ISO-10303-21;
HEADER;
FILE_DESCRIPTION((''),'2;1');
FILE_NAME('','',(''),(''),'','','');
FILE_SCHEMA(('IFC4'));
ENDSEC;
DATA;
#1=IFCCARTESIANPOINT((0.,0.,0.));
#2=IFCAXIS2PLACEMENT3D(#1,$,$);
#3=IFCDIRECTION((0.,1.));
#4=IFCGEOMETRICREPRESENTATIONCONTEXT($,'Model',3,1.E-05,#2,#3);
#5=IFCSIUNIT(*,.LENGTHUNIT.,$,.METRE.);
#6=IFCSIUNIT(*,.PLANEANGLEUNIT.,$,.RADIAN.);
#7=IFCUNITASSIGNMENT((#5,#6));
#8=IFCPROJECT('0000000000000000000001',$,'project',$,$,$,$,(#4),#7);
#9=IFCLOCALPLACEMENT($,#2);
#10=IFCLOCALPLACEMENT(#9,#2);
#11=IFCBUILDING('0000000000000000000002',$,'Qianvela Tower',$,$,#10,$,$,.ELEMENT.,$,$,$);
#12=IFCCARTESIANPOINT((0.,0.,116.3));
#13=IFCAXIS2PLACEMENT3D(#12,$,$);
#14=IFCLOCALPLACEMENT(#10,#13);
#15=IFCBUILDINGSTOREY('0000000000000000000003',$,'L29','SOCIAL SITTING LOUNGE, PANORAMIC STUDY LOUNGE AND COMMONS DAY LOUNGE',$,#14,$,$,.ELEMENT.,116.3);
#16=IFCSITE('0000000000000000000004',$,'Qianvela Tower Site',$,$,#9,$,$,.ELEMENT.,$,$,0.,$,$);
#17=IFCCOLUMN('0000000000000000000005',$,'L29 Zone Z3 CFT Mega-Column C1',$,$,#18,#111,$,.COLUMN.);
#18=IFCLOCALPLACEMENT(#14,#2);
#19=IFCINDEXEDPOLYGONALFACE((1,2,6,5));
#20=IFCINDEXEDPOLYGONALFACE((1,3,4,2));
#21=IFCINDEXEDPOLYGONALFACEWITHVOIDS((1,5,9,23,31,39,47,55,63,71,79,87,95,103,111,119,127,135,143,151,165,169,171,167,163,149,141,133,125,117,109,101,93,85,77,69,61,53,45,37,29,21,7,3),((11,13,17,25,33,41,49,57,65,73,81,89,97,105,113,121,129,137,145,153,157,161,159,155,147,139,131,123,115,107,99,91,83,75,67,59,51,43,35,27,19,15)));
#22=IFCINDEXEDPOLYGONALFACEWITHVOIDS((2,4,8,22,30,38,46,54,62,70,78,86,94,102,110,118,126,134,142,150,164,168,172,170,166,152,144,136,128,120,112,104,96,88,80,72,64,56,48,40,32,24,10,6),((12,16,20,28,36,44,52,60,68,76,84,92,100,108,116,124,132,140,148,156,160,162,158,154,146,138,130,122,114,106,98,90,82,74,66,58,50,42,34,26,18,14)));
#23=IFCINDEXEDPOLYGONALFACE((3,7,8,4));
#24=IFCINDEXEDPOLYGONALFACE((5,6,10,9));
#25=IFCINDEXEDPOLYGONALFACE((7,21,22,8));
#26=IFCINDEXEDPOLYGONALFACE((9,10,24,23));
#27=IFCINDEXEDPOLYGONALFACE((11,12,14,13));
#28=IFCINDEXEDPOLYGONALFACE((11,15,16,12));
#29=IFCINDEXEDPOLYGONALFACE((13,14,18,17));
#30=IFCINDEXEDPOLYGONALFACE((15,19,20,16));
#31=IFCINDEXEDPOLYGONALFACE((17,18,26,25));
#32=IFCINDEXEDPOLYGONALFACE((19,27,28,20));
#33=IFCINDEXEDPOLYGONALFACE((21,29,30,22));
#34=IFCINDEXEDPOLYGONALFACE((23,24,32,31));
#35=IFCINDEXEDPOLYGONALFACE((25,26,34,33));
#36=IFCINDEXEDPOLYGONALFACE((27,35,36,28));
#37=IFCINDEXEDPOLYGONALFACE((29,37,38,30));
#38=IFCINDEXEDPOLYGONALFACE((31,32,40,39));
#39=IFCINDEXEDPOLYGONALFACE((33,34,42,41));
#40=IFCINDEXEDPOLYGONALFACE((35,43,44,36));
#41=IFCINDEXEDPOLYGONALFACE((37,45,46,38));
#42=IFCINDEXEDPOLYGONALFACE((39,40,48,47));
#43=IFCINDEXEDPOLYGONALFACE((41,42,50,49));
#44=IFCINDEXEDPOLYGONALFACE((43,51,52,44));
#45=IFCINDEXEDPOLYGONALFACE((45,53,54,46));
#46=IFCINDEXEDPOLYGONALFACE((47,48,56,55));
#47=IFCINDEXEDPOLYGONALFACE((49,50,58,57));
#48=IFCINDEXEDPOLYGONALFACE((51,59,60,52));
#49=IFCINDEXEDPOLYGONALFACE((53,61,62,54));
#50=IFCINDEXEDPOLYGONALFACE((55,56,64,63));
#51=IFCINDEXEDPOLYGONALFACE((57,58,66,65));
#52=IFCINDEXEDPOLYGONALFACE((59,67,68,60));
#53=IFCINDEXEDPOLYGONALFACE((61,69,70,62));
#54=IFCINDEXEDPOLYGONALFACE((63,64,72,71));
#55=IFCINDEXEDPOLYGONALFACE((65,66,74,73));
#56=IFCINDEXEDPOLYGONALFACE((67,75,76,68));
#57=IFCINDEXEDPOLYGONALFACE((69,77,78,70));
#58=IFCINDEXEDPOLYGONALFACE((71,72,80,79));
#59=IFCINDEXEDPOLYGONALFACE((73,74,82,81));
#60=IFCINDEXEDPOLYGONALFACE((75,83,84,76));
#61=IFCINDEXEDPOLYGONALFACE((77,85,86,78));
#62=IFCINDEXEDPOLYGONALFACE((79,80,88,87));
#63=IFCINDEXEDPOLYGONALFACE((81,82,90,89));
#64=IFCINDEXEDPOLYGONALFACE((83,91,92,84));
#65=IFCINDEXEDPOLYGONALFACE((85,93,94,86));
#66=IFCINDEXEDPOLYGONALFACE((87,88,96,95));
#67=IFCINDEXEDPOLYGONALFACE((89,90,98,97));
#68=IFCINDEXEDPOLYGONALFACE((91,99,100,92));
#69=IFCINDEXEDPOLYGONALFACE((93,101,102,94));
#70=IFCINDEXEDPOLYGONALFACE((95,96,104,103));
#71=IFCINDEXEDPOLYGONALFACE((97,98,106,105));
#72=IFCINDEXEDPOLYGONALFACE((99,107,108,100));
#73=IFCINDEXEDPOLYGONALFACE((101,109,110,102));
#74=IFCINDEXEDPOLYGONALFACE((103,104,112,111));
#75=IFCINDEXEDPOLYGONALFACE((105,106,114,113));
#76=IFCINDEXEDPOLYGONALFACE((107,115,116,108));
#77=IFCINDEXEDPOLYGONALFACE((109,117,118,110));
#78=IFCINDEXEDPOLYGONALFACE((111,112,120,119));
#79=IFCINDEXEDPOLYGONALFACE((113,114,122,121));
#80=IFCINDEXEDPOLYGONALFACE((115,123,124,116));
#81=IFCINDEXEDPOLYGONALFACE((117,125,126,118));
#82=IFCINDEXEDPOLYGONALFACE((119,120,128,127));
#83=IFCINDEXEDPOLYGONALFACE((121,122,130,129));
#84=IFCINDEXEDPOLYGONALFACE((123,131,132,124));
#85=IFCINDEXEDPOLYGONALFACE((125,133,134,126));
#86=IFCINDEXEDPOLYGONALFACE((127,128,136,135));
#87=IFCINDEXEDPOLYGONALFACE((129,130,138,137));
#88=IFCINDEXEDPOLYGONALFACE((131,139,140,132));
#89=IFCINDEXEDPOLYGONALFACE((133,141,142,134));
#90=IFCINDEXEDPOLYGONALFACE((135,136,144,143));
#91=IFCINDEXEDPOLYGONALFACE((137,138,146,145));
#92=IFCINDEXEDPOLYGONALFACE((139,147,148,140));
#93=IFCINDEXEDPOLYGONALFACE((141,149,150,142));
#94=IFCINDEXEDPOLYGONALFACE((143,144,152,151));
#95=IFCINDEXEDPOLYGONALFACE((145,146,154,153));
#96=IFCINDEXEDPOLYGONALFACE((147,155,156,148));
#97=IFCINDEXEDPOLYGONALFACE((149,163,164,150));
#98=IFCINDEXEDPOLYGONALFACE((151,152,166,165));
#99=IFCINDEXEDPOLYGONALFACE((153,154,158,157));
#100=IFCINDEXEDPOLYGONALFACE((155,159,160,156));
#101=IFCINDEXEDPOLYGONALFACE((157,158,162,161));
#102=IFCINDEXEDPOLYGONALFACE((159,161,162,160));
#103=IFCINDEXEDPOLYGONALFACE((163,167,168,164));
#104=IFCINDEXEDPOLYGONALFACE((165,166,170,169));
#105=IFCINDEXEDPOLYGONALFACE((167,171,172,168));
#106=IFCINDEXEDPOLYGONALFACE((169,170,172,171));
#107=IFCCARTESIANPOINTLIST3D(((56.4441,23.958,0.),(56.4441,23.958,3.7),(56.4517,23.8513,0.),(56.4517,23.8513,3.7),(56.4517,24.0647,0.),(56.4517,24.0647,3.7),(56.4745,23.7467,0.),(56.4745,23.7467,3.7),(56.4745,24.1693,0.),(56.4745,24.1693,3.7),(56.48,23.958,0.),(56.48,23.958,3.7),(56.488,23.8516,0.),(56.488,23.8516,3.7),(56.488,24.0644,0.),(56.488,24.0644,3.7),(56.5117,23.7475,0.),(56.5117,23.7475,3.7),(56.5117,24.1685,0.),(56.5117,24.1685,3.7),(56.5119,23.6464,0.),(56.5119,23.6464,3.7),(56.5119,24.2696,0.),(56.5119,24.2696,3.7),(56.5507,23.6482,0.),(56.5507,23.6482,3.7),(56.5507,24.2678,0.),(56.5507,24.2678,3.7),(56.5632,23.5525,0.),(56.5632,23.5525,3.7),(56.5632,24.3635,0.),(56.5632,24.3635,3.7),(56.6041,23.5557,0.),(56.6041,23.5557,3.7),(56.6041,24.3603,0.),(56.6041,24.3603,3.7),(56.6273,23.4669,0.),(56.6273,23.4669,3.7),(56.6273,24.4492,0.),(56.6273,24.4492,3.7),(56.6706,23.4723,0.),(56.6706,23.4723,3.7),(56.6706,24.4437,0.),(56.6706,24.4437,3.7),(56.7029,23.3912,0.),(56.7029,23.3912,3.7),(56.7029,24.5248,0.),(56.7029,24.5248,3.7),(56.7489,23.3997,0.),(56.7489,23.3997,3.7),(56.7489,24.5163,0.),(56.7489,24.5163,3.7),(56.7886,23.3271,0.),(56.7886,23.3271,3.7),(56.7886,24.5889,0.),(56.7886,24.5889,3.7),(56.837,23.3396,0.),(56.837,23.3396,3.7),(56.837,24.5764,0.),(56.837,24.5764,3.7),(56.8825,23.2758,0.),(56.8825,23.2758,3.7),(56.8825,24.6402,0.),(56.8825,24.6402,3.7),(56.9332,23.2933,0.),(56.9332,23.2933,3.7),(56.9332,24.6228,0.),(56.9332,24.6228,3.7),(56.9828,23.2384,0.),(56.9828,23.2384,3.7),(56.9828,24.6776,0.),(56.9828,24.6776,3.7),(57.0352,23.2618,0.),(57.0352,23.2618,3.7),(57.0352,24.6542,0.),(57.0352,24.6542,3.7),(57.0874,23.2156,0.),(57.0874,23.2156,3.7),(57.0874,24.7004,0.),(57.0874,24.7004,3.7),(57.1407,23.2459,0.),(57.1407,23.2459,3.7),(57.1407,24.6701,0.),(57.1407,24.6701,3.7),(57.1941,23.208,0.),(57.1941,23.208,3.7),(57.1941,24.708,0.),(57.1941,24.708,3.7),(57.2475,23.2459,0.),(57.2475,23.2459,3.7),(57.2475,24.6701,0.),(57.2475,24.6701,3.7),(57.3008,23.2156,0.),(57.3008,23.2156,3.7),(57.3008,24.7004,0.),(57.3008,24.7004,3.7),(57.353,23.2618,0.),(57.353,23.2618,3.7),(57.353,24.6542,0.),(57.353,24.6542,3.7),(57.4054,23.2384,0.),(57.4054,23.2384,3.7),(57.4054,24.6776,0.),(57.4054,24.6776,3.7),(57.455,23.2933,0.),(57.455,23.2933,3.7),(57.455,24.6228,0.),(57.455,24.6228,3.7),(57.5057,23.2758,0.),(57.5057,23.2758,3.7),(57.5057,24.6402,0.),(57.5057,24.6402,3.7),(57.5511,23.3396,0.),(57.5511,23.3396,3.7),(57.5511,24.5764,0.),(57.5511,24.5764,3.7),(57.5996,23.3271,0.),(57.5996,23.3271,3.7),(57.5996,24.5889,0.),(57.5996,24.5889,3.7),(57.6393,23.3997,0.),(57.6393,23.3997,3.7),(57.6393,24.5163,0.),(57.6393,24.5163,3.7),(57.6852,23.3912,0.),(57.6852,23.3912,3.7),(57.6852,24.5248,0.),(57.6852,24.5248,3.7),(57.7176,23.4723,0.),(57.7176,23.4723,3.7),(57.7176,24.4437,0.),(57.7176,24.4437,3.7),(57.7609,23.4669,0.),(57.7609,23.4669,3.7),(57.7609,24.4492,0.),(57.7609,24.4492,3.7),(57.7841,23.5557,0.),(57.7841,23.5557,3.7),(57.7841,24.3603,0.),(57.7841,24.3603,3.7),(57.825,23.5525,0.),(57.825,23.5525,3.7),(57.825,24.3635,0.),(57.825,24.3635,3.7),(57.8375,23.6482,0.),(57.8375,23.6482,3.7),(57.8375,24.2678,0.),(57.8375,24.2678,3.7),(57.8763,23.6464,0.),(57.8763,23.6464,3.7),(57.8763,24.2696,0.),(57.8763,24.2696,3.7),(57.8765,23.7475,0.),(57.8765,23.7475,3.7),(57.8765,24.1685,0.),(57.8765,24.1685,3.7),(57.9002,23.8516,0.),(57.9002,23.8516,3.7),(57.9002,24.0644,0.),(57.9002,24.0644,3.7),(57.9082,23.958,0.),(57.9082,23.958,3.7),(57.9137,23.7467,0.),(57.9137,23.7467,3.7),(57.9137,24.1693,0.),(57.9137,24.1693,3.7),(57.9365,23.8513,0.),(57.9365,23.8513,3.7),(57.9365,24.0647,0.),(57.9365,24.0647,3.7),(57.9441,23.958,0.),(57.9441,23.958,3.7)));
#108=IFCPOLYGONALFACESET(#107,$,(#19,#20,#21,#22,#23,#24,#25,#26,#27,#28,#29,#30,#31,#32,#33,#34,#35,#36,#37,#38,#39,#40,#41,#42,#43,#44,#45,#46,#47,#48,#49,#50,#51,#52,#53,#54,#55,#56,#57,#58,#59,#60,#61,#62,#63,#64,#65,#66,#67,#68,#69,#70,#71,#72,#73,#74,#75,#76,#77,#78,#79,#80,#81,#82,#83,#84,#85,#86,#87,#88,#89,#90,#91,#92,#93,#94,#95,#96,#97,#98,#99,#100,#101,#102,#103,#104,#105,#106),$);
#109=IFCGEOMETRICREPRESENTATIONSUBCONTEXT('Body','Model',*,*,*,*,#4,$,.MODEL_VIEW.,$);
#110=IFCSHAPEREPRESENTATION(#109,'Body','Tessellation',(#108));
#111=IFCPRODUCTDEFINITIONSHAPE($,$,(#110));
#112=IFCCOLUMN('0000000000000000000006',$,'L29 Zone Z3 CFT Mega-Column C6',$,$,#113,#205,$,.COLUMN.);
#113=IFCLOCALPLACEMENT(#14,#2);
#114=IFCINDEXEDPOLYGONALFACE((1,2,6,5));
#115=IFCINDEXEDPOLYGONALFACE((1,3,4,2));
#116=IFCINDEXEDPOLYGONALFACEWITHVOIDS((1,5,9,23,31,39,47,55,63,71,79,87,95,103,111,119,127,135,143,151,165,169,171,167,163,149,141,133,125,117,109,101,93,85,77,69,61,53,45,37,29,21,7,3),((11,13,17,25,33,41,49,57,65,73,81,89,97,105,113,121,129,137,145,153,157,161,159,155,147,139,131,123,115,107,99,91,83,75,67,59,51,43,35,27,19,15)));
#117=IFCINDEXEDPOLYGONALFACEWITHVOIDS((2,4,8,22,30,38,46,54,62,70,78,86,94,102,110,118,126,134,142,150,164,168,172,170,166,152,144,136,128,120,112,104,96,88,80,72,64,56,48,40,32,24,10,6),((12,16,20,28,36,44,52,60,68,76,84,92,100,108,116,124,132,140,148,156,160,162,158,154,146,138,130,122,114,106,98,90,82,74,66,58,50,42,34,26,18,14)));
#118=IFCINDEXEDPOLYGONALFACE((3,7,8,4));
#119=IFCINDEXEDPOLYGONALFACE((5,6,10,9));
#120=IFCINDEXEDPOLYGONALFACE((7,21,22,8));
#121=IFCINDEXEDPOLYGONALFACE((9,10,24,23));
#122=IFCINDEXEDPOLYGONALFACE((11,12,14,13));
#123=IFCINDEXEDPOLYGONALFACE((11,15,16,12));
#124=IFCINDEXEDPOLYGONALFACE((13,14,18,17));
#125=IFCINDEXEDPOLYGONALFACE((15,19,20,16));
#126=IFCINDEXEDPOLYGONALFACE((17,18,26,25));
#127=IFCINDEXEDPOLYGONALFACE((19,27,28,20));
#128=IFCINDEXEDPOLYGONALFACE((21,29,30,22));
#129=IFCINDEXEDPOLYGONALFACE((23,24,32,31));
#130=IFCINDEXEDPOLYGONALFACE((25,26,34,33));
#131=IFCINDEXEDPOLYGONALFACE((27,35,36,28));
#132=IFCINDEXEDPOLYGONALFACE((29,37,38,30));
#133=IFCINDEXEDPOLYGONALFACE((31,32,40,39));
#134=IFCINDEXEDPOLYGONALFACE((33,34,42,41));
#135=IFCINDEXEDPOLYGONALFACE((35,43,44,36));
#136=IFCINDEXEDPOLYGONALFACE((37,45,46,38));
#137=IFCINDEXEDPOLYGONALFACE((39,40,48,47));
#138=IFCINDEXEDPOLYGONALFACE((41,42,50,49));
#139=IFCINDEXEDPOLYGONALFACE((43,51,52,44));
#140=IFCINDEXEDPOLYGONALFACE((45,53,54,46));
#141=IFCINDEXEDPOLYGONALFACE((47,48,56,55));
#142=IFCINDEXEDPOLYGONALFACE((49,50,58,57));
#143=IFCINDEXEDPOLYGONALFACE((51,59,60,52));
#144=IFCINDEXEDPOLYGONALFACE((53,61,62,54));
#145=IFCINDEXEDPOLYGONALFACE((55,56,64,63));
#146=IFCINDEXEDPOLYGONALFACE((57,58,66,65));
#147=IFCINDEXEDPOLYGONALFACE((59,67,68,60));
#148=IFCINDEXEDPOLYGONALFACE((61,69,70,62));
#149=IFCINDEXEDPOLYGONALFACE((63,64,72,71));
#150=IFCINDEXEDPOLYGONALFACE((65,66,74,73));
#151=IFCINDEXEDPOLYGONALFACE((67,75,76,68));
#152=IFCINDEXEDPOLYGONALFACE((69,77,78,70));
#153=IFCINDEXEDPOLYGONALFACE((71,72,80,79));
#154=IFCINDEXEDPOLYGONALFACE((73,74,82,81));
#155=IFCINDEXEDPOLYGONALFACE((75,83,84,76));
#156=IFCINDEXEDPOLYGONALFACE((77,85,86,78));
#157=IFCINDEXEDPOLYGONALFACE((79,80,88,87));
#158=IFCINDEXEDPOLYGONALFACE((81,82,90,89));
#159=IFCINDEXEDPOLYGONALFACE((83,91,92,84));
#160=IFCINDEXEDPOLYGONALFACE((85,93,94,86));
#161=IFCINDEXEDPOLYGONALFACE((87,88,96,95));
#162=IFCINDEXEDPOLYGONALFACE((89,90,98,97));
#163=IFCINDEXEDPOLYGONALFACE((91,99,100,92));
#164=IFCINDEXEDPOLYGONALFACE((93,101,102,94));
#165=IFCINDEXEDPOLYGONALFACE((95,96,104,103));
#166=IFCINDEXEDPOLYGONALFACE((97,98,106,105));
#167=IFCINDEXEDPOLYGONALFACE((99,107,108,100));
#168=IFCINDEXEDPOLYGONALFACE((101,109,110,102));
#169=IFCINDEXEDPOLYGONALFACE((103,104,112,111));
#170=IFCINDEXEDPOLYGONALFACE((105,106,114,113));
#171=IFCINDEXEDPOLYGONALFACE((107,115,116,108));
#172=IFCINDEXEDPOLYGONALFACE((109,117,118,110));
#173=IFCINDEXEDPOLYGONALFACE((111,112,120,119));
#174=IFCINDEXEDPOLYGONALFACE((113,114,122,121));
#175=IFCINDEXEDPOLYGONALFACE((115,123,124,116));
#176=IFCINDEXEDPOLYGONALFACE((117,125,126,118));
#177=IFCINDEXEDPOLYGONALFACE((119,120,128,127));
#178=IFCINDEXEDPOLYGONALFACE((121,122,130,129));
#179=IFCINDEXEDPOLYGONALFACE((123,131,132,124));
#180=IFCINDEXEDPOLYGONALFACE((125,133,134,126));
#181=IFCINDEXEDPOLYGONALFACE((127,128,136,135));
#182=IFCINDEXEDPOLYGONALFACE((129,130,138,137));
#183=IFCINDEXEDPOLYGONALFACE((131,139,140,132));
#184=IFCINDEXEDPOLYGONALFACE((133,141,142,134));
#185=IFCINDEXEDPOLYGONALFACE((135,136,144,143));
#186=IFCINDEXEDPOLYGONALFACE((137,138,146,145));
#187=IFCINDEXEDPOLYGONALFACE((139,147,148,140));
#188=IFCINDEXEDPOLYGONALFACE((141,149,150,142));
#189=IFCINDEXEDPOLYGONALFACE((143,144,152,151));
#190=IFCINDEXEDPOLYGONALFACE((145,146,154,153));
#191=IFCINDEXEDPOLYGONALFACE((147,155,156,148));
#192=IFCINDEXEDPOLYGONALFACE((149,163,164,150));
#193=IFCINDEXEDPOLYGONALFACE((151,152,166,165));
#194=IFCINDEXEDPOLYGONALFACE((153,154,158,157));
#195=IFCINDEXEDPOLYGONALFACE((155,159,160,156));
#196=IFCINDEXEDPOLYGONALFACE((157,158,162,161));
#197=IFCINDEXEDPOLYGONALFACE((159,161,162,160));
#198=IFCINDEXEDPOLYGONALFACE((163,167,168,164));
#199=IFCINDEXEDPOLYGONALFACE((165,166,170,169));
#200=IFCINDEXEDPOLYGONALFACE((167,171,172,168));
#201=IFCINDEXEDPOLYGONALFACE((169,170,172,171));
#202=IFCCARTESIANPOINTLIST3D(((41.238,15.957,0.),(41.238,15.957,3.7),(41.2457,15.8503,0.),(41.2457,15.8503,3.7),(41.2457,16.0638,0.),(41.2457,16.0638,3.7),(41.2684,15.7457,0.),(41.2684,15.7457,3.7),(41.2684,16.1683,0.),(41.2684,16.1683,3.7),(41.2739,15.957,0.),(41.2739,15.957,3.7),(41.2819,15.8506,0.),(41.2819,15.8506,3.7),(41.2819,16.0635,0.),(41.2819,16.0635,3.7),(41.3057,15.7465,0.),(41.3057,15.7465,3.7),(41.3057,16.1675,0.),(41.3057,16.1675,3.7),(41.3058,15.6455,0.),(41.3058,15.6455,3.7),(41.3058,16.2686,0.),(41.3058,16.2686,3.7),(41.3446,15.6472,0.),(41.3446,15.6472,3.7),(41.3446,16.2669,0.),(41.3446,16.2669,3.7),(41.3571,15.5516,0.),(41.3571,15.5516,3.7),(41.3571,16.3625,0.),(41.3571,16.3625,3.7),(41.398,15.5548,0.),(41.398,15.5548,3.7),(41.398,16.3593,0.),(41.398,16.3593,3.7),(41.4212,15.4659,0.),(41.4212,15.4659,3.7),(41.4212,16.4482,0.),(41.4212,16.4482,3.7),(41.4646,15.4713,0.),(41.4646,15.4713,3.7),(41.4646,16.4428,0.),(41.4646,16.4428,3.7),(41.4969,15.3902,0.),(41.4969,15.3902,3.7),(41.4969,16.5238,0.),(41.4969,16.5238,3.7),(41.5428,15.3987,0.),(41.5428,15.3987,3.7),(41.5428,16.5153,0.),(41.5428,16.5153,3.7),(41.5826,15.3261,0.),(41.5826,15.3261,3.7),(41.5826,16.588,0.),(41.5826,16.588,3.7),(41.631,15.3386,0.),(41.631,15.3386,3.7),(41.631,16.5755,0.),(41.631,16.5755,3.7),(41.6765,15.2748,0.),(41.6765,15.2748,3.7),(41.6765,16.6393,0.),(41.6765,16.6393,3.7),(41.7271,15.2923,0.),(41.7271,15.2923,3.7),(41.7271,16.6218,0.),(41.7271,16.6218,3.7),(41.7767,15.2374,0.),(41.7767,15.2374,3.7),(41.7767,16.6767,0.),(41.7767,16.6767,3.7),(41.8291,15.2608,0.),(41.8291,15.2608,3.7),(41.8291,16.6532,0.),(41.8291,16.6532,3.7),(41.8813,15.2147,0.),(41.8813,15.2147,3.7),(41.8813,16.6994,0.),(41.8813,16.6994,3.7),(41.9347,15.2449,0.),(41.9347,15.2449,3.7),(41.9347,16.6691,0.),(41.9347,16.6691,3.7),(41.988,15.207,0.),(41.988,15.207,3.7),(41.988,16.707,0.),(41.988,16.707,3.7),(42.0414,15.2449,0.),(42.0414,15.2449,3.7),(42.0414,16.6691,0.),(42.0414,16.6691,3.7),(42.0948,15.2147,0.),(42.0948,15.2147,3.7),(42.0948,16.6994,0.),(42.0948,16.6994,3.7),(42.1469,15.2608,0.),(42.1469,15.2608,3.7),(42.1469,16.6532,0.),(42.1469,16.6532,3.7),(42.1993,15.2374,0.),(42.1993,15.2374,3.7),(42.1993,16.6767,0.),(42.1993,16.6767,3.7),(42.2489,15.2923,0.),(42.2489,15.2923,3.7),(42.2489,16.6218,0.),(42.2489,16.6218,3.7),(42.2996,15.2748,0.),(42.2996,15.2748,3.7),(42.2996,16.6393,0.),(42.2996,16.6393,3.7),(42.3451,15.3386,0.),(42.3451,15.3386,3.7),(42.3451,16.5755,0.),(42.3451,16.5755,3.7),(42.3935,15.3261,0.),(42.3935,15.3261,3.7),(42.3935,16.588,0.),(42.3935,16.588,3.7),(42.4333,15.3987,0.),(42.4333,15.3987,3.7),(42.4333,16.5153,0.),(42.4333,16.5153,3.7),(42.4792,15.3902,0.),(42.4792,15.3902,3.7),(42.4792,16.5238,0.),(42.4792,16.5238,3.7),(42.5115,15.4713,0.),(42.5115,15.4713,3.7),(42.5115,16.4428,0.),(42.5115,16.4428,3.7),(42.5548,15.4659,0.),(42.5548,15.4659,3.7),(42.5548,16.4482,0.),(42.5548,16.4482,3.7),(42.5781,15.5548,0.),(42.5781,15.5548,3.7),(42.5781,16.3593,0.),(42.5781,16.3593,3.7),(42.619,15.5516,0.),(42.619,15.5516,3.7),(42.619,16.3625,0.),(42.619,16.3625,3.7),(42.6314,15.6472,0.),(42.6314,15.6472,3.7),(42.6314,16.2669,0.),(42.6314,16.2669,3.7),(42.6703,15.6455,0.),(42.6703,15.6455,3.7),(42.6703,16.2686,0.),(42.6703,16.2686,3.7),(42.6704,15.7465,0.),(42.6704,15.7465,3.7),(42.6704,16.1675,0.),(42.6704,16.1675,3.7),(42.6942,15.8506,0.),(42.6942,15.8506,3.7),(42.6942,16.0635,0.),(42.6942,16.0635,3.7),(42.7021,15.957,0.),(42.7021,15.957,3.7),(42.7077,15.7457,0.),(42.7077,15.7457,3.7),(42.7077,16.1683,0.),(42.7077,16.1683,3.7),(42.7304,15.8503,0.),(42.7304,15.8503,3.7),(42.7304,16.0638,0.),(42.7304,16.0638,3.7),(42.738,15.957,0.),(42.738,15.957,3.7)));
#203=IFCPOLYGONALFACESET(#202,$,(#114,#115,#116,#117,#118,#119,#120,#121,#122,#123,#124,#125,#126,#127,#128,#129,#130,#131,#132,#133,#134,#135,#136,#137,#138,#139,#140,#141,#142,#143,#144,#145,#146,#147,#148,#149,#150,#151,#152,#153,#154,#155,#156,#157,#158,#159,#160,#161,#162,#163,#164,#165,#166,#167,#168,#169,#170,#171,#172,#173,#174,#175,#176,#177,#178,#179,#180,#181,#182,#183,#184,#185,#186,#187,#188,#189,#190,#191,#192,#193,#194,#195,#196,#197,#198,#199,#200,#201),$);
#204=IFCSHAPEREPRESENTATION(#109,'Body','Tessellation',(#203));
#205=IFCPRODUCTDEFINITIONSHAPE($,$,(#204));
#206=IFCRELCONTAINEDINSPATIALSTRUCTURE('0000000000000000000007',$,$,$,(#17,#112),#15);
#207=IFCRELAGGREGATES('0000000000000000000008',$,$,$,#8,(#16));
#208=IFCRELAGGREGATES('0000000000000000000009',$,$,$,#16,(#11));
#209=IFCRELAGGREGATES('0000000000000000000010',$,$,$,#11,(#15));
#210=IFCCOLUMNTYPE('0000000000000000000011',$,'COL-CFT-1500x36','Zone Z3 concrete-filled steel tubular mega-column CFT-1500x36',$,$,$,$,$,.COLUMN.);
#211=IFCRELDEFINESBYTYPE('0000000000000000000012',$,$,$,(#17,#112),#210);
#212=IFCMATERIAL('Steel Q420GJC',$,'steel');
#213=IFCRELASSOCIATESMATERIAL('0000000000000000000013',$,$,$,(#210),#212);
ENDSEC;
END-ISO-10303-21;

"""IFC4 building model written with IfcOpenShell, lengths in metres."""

from ifc_helpers import new_model, si_unit, direction, frame, origin, origin_2d, place, context, subcontext, project, spatial, hollow_circle, extrude, material, material_profile, profile_set, type_object, element, save


model = new_model("IFC4")

# Units and contexts
model_context = context("Model", 3, precision=1e-05, world=origin(), true_north=direction((0.0, 1.0)))
body_context = subcontext(model_context, "Body", "Model", "MODEL_VIEW")
ifc_project = project(units=[si_unit("LENGTHUNIT", "METRE"), si_unit("PLANEANGLEUNIT", "RADIAN")], contexts=[model_context])

# Site, building, storey
site_placement = place(None, origin())
site = spatial("IfcSite", under=ifc_project, at=site_placement, Name="Qianvela Tower Site", CompositionType="ELEMENT", RefElevation=0.0)
building_placement = place(site_placement, origin())
building = spatial("IfcBuilding", under=site, at=building_placement, Name="Qianvela Tower", CompositionType="ELEMENT")
storey_placement = place(building_placement, frame((0.0, 0.0, 116.3)))
storey = spatial("IfcBuildingStorey", under=building, at=storey_placement, Name="L29", Description="SOCIAL SITTING LOUNGE, PANORAMIC STUDY LOUNGE AND COMMONS DAY LOUNGE", CompositionType="ELEMENT", Elevation=116.3)

# Columns
ifc_material_1 = material(Name="Steel Q420GJC", Category="steel")
ifc_material_profile_1 = material_profile(ifc_material_1, hollow_circle(Radius=0.75, WallThickness=0.0359, at=origin_2d()), Name="CFT-1500x36")
ifc_profile_set_1 = profile_set([ifc_material_profile_1], Name="Steel Q420GJC")
column_type = type_object("IfcColumnType", Name="COL-CFT-1500x36", Description="Zone Z3 concrete-filled steel tubular mega-column CFT-1500x36", PredefinedType="COLUMN", material=ifc_profile_set_1)
for number, where, z_axis, x_axis, name in (
    (1, (57.1941, 23.958, 0.0), (0.0, 0.0, 1.0), (1.0, 0.0, 0.0), "L29 Zone Z3 CFT Mega-Column C1"),
    (2, (41.988, 15.957, 0.0), (0.0, 0.0, 1.0), (1.0, 0.0, 0.0), "L29 Zone Z3 CFT Mega-Column C6"),
):
    element("IfcColumn", number, at=place(storey_placement, frame(where, z_axis=z_axis, x_axis=x_axis)), inside=storey, type_object=column_type, Name=name, PredefinedType="COLUMN", context=body_context, shape_type="SweptSolid", body=[
        extrude(hollow_circle(Radius=0.75, WallThickness=0.0359, at=origin_2d()), origin(), (0.0, 0.0, 1.0), 3.7),
    ])

save(model, "model.ifc")
